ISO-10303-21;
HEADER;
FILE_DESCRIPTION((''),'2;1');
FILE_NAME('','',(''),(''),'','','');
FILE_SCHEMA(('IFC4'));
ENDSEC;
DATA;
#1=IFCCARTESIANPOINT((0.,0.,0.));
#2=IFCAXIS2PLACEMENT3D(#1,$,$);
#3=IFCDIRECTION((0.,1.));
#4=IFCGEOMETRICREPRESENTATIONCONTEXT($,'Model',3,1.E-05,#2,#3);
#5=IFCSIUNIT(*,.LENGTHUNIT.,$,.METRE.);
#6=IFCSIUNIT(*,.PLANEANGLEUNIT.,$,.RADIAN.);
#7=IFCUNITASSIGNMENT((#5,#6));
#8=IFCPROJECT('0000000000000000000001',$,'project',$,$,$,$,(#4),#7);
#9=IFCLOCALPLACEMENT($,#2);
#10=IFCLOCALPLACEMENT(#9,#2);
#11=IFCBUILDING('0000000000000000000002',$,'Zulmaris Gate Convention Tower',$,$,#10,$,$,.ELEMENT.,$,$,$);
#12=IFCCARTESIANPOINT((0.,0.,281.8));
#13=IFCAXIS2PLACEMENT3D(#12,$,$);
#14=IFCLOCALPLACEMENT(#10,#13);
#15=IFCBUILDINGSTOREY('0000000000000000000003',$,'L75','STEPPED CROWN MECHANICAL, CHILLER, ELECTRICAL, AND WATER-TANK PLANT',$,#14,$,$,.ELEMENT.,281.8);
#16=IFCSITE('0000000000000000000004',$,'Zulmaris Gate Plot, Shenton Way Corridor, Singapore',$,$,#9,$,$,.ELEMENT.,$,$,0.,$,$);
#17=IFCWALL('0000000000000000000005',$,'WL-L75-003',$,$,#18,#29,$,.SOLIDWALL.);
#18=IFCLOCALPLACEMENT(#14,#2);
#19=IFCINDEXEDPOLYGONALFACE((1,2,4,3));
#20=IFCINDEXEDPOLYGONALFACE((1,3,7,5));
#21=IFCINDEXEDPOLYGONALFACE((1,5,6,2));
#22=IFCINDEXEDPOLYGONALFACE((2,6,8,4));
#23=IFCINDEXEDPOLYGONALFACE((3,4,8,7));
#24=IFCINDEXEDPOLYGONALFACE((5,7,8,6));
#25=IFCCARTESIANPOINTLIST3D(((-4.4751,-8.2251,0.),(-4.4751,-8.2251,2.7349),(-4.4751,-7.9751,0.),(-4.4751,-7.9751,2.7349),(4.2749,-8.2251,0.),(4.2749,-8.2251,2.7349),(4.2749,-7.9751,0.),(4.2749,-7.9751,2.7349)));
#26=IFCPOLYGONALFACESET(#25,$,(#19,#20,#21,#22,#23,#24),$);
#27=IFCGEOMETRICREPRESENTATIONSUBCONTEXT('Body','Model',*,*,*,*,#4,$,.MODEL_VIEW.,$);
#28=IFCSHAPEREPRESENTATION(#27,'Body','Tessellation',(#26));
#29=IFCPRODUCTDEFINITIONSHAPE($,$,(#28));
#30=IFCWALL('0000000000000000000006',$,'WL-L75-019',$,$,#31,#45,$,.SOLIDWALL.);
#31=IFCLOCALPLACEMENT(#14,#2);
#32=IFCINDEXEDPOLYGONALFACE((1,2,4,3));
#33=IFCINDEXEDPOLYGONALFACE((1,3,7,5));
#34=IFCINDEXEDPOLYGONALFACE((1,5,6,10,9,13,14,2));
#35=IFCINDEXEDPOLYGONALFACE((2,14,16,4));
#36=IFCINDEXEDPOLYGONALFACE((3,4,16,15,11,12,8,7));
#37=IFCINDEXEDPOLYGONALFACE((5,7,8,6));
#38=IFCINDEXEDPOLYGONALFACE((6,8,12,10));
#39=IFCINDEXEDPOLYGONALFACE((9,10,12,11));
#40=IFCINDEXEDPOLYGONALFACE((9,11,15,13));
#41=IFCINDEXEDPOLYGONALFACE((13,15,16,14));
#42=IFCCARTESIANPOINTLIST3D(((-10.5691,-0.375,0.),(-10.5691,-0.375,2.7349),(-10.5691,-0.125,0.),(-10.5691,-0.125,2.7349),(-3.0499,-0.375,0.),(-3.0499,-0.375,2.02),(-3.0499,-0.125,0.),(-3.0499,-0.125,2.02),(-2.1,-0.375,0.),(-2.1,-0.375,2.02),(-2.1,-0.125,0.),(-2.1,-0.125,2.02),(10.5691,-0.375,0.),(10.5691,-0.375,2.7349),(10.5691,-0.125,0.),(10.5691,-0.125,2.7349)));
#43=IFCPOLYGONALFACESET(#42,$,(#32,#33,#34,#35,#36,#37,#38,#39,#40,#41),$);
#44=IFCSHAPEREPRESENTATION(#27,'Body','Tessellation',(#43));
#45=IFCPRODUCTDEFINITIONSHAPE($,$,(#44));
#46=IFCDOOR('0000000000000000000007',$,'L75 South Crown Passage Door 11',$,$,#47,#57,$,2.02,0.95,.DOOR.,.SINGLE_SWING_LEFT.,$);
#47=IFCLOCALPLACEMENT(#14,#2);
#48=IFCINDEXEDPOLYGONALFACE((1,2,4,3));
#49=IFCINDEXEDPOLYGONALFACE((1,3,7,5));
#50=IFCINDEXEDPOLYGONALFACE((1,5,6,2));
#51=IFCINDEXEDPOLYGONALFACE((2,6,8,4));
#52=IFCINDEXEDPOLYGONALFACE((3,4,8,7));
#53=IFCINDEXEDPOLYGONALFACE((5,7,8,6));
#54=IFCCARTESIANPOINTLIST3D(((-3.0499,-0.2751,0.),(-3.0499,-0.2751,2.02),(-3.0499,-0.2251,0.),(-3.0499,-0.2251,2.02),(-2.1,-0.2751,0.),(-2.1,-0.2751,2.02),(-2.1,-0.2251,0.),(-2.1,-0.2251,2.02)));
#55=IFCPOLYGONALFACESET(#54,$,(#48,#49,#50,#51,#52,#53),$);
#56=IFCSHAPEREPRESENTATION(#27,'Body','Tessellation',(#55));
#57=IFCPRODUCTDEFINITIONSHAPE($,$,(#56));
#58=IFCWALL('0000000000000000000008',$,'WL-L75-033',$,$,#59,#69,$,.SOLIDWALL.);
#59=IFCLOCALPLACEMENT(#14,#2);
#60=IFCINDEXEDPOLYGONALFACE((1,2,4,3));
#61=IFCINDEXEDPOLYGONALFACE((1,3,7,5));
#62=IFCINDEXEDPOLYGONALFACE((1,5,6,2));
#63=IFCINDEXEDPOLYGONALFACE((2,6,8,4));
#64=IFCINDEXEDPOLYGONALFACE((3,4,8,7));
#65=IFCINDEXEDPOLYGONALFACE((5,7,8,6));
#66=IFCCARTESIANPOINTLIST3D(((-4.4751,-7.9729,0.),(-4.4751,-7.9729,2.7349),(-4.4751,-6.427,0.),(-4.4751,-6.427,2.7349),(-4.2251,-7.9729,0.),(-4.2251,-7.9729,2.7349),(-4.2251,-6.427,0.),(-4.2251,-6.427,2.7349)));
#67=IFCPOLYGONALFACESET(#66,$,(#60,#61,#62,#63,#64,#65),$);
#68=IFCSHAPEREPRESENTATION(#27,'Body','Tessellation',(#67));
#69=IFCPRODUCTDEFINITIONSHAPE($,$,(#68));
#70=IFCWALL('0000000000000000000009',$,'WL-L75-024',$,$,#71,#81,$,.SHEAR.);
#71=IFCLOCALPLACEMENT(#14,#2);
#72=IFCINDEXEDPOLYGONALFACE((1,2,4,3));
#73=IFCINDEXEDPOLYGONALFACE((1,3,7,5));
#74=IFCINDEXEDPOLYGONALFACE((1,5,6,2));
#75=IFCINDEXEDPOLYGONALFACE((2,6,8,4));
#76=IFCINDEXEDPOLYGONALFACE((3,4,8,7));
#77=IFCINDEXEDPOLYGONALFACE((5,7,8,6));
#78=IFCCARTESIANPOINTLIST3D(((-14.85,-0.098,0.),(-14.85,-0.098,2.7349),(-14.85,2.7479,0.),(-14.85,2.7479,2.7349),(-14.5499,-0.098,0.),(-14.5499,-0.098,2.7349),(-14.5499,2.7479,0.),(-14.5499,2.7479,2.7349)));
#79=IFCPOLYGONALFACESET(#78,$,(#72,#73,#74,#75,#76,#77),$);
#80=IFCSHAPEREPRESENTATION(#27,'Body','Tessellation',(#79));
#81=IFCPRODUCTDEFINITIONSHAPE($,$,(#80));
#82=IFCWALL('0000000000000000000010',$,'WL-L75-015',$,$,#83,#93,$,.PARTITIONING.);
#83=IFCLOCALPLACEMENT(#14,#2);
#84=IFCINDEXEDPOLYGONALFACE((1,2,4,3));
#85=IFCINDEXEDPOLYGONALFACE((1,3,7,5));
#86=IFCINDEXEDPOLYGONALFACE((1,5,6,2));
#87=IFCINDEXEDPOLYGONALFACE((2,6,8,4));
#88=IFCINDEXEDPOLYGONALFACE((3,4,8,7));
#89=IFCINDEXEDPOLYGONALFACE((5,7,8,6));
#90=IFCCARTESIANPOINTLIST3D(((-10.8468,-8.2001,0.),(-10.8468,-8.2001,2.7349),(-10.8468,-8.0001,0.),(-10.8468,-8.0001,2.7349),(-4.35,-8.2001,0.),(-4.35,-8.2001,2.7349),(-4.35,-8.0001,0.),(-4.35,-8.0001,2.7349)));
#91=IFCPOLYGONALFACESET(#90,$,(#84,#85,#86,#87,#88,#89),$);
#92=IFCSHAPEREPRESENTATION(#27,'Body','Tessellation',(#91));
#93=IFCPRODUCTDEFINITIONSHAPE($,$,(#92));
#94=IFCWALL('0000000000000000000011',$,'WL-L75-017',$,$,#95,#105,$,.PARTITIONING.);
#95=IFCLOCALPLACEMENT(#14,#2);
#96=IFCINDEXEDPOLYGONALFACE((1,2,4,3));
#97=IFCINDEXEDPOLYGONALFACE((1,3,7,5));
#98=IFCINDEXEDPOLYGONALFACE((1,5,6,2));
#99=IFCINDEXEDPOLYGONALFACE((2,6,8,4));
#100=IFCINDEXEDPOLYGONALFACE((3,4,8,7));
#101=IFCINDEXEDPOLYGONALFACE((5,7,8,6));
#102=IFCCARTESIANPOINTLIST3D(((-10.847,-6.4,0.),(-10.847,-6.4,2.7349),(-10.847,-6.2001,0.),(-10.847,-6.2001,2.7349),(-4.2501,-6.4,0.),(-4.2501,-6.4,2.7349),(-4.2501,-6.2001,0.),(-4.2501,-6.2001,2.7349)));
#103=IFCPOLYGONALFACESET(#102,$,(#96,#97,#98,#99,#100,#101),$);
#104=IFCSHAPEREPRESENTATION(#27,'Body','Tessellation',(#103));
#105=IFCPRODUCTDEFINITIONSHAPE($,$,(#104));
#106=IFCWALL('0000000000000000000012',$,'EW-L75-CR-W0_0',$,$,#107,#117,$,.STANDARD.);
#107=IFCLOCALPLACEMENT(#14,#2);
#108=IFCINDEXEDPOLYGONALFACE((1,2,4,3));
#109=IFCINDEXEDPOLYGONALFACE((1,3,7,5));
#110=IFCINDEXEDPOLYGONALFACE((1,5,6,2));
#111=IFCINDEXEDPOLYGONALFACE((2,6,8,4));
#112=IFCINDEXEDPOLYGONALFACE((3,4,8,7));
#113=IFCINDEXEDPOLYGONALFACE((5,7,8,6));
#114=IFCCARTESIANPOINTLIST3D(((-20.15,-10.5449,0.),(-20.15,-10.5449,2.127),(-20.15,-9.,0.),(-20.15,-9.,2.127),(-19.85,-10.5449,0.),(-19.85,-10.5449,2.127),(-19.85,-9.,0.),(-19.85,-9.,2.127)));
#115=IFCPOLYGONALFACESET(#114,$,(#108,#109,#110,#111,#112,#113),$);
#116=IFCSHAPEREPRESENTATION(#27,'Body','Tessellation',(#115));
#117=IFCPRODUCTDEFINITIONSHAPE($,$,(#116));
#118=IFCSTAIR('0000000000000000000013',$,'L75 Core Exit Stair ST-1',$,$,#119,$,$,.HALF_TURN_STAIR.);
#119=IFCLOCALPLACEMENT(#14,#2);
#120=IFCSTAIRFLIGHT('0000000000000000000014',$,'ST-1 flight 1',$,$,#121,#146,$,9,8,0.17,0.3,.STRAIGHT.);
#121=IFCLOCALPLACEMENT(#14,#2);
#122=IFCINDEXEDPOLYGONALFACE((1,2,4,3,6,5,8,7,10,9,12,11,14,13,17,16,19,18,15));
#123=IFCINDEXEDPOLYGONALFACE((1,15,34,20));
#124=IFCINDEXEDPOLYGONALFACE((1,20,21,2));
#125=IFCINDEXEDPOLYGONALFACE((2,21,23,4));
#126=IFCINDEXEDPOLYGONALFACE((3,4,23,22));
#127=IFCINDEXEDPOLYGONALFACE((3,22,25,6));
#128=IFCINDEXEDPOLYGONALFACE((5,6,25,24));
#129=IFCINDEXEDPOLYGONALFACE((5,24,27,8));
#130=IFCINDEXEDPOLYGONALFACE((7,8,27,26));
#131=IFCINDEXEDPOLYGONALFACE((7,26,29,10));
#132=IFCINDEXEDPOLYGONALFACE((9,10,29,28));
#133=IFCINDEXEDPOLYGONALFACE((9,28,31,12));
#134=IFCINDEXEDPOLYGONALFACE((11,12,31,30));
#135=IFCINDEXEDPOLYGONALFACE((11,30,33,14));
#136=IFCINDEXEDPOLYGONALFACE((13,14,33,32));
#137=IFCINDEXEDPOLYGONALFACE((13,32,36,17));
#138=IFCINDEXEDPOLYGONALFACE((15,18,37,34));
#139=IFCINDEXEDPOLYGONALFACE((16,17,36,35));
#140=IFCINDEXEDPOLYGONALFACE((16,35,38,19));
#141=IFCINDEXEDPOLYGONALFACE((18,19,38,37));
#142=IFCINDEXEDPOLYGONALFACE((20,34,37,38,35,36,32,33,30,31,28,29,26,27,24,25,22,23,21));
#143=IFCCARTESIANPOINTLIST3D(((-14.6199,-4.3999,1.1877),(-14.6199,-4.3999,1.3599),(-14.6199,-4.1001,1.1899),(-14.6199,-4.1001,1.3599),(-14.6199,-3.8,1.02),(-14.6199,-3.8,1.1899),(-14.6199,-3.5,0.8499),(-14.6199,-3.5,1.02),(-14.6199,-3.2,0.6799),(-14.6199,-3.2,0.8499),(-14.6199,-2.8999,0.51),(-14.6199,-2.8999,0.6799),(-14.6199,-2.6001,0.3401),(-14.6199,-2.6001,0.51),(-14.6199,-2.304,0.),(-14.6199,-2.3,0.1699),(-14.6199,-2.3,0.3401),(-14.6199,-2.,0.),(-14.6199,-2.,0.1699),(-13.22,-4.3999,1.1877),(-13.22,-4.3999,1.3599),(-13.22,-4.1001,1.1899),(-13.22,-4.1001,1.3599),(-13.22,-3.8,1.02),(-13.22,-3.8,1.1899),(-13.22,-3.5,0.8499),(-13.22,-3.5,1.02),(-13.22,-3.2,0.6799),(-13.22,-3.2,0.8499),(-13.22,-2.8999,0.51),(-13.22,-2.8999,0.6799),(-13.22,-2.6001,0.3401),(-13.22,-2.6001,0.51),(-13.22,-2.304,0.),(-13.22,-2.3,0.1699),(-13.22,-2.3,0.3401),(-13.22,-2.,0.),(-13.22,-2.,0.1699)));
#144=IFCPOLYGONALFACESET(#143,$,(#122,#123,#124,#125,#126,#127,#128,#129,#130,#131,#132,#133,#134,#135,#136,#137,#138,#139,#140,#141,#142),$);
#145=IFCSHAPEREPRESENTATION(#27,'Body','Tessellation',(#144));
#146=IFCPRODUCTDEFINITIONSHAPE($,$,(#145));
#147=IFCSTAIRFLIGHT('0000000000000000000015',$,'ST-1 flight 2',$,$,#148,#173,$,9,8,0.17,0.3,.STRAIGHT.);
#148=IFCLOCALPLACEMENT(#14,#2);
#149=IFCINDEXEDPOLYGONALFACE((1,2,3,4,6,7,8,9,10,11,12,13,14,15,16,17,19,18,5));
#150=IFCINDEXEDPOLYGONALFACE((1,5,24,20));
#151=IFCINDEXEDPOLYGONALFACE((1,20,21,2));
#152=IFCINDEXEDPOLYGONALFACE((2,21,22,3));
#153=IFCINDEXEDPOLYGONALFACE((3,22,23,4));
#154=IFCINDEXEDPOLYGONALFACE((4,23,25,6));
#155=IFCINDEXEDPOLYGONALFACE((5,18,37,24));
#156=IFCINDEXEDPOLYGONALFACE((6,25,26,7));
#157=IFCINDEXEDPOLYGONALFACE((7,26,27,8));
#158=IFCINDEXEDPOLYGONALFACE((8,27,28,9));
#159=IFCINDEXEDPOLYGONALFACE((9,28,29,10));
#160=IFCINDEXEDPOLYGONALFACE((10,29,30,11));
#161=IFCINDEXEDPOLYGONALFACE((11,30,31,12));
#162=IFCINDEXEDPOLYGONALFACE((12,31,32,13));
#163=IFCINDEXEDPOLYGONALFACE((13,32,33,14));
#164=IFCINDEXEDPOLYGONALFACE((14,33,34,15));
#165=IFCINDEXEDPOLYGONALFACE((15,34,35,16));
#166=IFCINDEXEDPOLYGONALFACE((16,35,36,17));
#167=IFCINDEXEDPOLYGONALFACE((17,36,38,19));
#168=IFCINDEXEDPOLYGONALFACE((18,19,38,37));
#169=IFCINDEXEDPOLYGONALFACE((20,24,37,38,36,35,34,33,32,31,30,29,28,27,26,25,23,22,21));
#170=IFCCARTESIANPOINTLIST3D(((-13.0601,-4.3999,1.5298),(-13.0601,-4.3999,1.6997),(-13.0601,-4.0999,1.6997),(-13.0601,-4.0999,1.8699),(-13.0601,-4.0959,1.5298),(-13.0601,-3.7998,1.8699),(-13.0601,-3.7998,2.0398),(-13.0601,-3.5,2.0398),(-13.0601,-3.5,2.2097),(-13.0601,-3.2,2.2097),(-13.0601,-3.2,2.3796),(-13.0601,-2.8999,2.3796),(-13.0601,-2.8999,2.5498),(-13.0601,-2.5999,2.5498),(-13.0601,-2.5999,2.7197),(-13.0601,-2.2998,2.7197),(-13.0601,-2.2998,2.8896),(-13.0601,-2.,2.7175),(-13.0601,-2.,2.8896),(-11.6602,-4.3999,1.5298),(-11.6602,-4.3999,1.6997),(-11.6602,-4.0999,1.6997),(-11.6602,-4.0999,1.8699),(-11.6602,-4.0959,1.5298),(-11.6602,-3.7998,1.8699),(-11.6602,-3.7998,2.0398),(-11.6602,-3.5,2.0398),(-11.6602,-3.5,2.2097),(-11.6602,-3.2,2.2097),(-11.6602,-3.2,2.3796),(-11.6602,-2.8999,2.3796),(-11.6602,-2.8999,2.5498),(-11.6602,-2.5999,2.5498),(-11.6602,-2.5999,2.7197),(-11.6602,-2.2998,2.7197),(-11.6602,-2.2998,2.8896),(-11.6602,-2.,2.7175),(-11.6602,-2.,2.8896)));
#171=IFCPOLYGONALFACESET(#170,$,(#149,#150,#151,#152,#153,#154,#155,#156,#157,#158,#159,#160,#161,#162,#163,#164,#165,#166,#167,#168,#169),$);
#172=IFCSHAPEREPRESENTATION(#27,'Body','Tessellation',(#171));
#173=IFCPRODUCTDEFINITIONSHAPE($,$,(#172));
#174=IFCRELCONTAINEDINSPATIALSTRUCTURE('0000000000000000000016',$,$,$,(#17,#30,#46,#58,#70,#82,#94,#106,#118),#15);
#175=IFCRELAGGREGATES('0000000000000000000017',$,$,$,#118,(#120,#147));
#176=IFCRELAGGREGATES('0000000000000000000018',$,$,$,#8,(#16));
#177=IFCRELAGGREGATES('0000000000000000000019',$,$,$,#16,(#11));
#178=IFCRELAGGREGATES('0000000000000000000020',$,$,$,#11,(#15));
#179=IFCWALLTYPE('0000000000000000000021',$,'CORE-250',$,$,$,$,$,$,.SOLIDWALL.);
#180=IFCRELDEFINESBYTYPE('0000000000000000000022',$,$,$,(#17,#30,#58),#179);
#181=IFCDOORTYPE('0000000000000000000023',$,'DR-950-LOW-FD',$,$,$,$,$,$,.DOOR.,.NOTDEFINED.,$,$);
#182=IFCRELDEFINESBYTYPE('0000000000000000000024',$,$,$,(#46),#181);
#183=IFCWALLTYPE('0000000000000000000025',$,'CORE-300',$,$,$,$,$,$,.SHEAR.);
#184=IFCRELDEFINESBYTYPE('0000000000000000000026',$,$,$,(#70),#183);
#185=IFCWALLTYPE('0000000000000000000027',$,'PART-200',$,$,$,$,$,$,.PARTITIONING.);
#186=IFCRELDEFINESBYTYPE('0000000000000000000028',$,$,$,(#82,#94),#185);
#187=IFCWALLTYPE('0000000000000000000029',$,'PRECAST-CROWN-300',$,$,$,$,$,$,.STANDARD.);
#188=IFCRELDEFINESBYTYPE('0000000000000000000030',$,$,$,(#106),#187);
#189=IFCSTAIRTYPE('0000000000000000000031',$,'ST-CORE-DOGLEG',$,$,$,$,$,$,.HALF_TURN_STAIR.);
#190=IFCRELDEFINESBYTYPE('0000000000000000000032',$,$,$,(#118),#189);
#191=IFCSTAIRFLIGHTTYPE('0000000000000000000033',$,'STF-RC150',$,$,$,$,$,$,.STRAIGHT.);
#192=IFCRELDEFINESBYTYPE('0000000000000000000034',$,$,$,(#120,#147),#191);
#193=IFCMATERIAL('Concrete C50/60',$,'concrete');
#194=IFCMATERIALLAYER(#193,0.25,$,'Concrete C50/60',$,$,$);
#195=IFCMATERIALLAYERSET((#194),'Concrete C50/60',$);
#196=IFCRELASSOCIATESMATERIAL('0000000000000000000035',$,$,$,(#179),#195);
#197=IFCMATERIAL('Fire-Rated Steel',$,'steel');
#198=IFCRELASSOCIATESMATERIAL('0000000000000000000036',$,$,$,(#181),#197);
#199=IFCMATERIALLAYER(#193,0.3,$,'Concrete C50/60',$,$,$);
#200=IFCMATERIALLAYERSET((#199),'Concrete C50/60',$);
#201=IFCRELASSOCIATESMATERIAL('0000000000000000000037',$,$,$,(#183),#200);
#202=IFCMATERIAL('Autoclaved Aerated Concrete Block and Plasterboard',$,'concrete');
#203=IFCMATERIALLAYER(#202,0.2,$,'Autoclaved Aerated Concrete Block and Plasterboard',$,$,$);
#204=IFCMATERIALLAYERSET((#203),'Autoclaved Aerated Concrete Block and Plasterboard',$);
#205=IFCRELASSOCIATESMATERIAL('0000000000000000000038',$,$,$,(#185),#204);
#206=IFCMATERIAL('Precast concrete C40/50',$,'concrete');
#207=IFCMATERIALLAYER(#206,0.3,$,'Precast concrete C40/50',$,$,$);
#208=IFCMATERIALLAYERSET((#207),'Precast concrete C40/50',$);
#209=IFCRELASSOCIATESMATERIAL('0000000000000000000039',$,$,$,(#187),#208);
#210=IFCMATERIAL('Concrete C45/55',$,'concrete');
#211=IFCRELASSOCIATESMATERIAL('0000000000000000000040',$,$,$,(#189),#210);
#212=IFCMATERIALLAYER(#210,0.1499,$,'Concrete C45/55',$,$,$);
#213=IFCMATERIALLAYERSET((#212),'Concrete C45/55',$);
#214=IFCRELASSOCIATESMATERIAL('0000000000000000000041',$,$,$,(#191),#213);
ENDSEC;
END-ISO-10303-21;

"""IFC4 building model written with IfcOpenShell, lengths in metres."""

from ifc_helpers import new_model, si_unit, direction, frame, frame_2d, origin, place, context, subcontext, project, spatial, polyline, rectangle, outline, extrude, material, layer, layer_set, type_object, element, fill, aggregate, save


model = new_model("IFC4")

# Units and contexts
model_context = context("Model", 3, precision=1e-05, world=origin(), true_north=direction((0.0, 1.0)))
body_context = subcontext(model_context, "Body", "Model", "MODEL_VIEW")
ifc_project = project(units=[si_unit("LENGTHUNIT", "METRE"), si_unit("PLANEANGLEUNIT", "RADIAN")], contexts=[model_context])

# Site, building, storey
site_placement = place(None, origin())
site = spatial("IfcSite", under=ifc_project, at=site_placement, Name="Zulmaris Gate Plot, Shenton Way Corridor, Singapore", CompositionType="ELEMENT", RefElevation=0.0)
building_placement = place(site_placement, origin())
building = spatial("IfcBuilding", under=site, at=building_placement, Name="Zulmaris Gate Convention Tower", CompositionType="ELEMENT")
storey_placement = place(building_placement, frame((0.0, 0.0, 281.8)))
storey = spatial("IfcBuildingStorey", under=building, at=storey_placement, Name="L75", Description="STEPPED CROWN MECHANICAL, CHILLER, ELECTRICAL, AND WATER-TANK PLANT", CompositionType="ELEMENT", Elevation=281.8)

# Wall
ifc_material_1 = material(Name="Concrete C50/60", Category="concrete")
ifc_layer_1 = layer(ifc_material_1, 0.25, Name="Concrete C50/60")
ifc_layer_set_1 = layer_set([ifc_layer_1], Name="Concrete C50/60")
wall_type_1 = type_object("IfcWallType", Name="CORE-250", PredefinedType="SOLIDWALL", material=ifc_layer_set_1)
wall_1_placement = place(storey_placement, frame((-4.4751, -8.1001, 0.0), z_axis=(0.0, 0.0, 1.0), x_axis=(1.0, 0.0, 0.0)))
element("IfcWall", 1, at=wall_1_placement, inside=storey, type_object=wall_type_1, Name="WL-L75-003", PredefinedType="SOLIDWALL", context=body_context, shape_type="SweptSolid", body=[
    extrude(rectangle(XDim=8.75, YDim=0.25, at=frame_2d((4.375, 0.0))), origin(), (0.0, 0.0, 1.0), 2.7349),
])

# Wall, opening, door
ifc_material_2 = material(Name="Fire-Rated Steel", Category="steel")
wall_2_placement = place(storey_placement, frame((-10.5691, -0.25, 0.0), z_axis=(0.0, 0.0, 1.0), x_axis=(1.0, 0.0, 0.0)))
wall_2 = element("IfcWall", 2, at=wall_2_placement, inside=storey, type_object=wall_type_1, Name="WL-L75-019", PredefinedType="SOLIDWALL", context=body_context, shape_type="SweptSolid", body=[
    extrude(rectangle(XDim=21.1382, YDim=0.25, at=frame_2d((10.5691, 0.0))), origin(), (0.0, 0.0, 1.0), 2.7349),
])
opening_1_placement = place(wall_2_placement, frame((7.519, 0.0, 0.0)))
opening_1 = element("IfcOpeningElement", 3, at=opening_1_placement, cuts=wall_2, PredefinedType="OPENING", context=body_context, shape_type="SweptSolid", body=[
    extrude(rectangle(XDim=0.95, YDim=2.02, at=frame_2d((0.4751, 1.01))), frame((0.0, 0.135, 0.0), z_axis=(0.0, -1.0, 0.0), x_axis=(1.0, 0.0, 0.0)), (0.0, 0.0, 1.0), 0.27),
])
door_type_1 = type_object("IfcDoorType", Name="DR-950-LOW-FD", OperationType="NOTDEFINED", PredefinedType="DOOR", material=ifc_material_2)
door_1_placement = place(opening_1_placement, origin())
door_1 = element("IfcDoor", 4, at=door_1_placement, inside=storey, type_object=door_type_1, Name="L75 South Crown Passage Door 11", OperationType="SINGLE_SWING_LEFT", OverallHeight=2.02, OverallWidth=0.95, PredefinedType="DOOR", context=body_context, shape_type="SweptSolid", body=[
    extrude(rectangle(XDim=0.95, YDim=2.02, at=frame_2d((0.4751, 1.01))), frame((0.0, 0.0249, 0.0), z_axis=(0.0, -1.0, 0.0), x_axis=(1.0, 0.0, 0.0)), (0.0, 0.0, 1.0), 0.05),
])
fill(opening_1, door_1)

# Wall
wall_3_placement = place(storey_placement, frame((-4.3501, -7.9729, 0.0), z_axis=(0.0, 0.0, 1.0), x_axis=(0.0, 1.0, 0.0)))
element("IfcWall", 5, at=wall_3_placement, inside=storey, type_object=wall_type_1, Name="WL-L75-033", PredefinedType="SOLIDWALL", context=body_context, shape_type="SweptSolid", body=[
    extrude(rectangle(XDim=1.5459, YDim=0.25, at=frame_2d((0.7729, 0.0))), origin(), (0.0, 0.0, 1.0), 2.7349),
])

# Shared definitions
ifc_layer_2 = layer(ifc_material_1, 0.3, Name="Concrete C50/60")
ifc_layer_set_2 = layer_set([ifc_layer_2], Name="Concrete C50/60")
wall_type_2 = type_object("IfcWallType", Name="CORE-300", PredefinedType="SHEAR", material=ifc_layer_set_2)

# Walls
wall_4_placement = place(storey_placement, frame((-14.7, -0.0979, 0.0), z_axis=(0.0, 0.0, 1.0), x_axis=(0.0, 1.0, 0.0)))
element("IfcWall", 6, at=wall_4_placement, inside=storey, type_object=wall_type_2, Name="WL-L75-024", PredefinedType="SHEAR", context=body_context, shape_type="SweptSolid", body=[
    extrude(rectangle(XDim=2.8459, YDim=0.3, at=frame_2d((1.4229, 0.0))), origin(), (0.0, 0.0, 1.0), 2.7349),
])
ifc_material_3 = material(Name="Autoclaved Aerated Concrete Block and Plasterboard", Category="concrete")
ifc_layer_3 = layer(ifc_material_3, 0.2, Name="Autoclaved Aerated Concrete Block and Plasterboard")
ifc_layer_set_3 = layer_set([ifc_layer_3], Name="Autoclaved Aerated Concrete Block and Plasterboard")
wall_type_3 = type_object("IfcWallType", Name="PART-200", PredefinedType="PARTITIONING", material=ifc_layer_set_3)
wall_5_placement = place(storey_placement, frame((-10.8469, -8.1001, 0.0), z_axis=(0.0, 0.0, 1.0), x_axis=(1.0, 0.0, 0.0)))
element("IfcWall", 7, at=wall_5_placement, inside=storey, type_object=wall_type_3, Name="WL-L75-015", PredefinedType="PARTITIONING", context=body_context, shape_type="SweptSolid", body=[
    extrude(rectangle(XDim=6.4968, YDim=0.2, at=frame_2d((3.2485, 0.0))), origin(), (0.0, 0.0, 1.0), 2.7349),
])
wall_6_placement = place(storey_placement, frame((-10.8469, -6.3, 0.0), z_axis=(0.0, 0.0, 1.0), x_axis=(1.0, 0.0, 0.0)))
element("IfcWall", 8, at=wall_6_placement, inside=storey, type_object=wall_type_3, Name="WL-L75-017", PredefinedType="PARTITIONING", context=body_context, shape_type="SweptSolid", body=[
    extrude(rectangle(XDim=6.5969, YDim=0.2, at=frame_2d((3.2983, 0.0))), origin(), (0.0, 0.0, 1.0), 2.7349),
])

# Wall
ifc_material_4 = material(Name="Precast concrete C40/50", Category="concrete")
ifc_layer_4 = layer(ifc_material_4, 0.3, Name="Precast concrete C40/50")
ifc_layer_set_4 = layer_set([ifc_layer_4], Name="Precast concrete C40/50")
wall_type_4 = type_object("IfcWallType", Name="PRECAST-CROWN-300", PredefinedType="STANDARD", material=ifc_layer_set_4)
wall_7_placement = place(storey_placement, frame((-20.0, -9.0, 0.0), z_axis=(0.0, 0.0, 1.0), x_axis=(0.0, -1.0, 0.0)))
element("IfcWall", 9, at=wall_7_placement, inside=storey, type_object=wall_type_4, Name="EW-L75-CR-W0_0", PredefinedType="STANDARD", context=body_context, shape_type="SweptSolid", body=[
    extrude(rectangle(XDim=1.5449, YDim=0.3, at=frame_2d((0.7725, 0.0))), origin(), (0.0, 0.0, 1.0), 2.127),
])

# Stair, stair flights
ifc_material_5 = material(Name="Concrete C45/55", Category="concrete")
stair_type_1 = type_object("IfcStairType", Name="ST-CORE-DOGLEG", PredefinedType="HALF_TURN_STAIR", material=ifc_material_5)
stair_1_placement = place(storey_placement, origin())
stair_1 = element("IfcStair", 10, at=stair_1_placement, inside=storey, type_object=stair_type_1, Name="L75 Core Exit Stair ST-1", PredefinedType="HALF_TURN_STAIR")
ifc_layer_5 = layer(ifc_material_5, 0.1499, Name="Concrete C45/55")
ifc_layer_set_5 = layer_set([ifc_layer_5], Name="Concrete C45/55")
stair_flight_type = type_object("IfcStairFlightType", Name="STF-RC150", PredefinedType="STRAIGHT", material=ifc_layer_set_5)
stair_flight_1_placement = place(storey_placement, frame((-13.9199, -2.0, 0.0), z_axis=(0.0, 0.0, 1.0), x_axis=(0.0, -1.0, 0.0)))
stair_flight_1 = element("IfcStairFlight", 11, at=stair_flight_1_placement, type_object=stair_flight_type, Name="ST-1 flight 1", NumberOfRisers=9, NumberOfTreads=8, PredefinedType="STRAIGHT", RiserHeight=0.17, TreadLength=0.3, context=body_context, shape_type="SweptSolid", body=[
    extrude(outline(polyline([(0.0, 0.0), (0.0, 0.1699), (0.3, 0.1699), (0.3, 0.3401), (0.6001, 0.3401), (0.6001, 0.51), (0.8999, 0.51), (0.8999, 0.6799), (1.2, 0.6799), (1.2, 0.8499), (1.5, 0.8499), (1.5, 1.02), (1.8, 1.02), (1.8, 1.1899), (2.1001, 1.1899), (2.1001, 1.3599), (2.3999, 1.3599), (2.3999, 1.53), (2.3999, 1.1877), (0.304, 0.0), (0.0, 0.0)])), frame((0.0, 0.7, 0.0), z_axis=(0.0, -1.0, 0.0), x_axis=(1.0, 0.0, 0.0)), (0.0, 0.0, 1.0), 1.3999),
])
stair_flight_2_placement = place(storey_placement, frame((-12.3601, -4.3999, 1.5298), z_axis=(0.0, 0.0, 1.0), x_axis=(0.0, 1.0, 0.0)))
stair_flight_2 = element("IfcStairFlight", 12, at=stair_flight_2_placement, type_object=stair_flight_type, Name="ST-1 flight 2", NumberOfRisers=9, NumberOfTreads=8, PredefinedType="STRAIGHT", RiserHeight=0.17, TreadLength=0.3, context=body_context, shape_type="SweptSolid", body=[
    extrude(outline(polyline([(0.0, 0.0), (0.0, 0.1699), (0.3, 0.1699), (0.3, 0.3401), (0.6001, 0.3401), (0.6001, 0.51), (0.8999, 0.51), (0.8999, 0.6799), (1.2, 0.6799), (1.2, 0.8499), (1.5, 0.8499), (1.5, 1.02), (1.8, 1.02), (1.8, 1.1899), (2.1001, 1.1899), (2.1001, 1.3599), (2.3999, 1.3599), (2.3999, 1.53), (2.3999, 1.1877), (0.304, 0.0), (0.0, 0.0)])), frame((0.0, 0.7, 0.0), z_axis=(0.0, -1.0, 0.0), x_axis=(1.0, 0.0, 0.0)), (0.0, 0.0, 1.0), 1.3999),
])
aggregate(stair_1, [stair_flight_1, stair_flight_2])

save(model, "model.ifc")
